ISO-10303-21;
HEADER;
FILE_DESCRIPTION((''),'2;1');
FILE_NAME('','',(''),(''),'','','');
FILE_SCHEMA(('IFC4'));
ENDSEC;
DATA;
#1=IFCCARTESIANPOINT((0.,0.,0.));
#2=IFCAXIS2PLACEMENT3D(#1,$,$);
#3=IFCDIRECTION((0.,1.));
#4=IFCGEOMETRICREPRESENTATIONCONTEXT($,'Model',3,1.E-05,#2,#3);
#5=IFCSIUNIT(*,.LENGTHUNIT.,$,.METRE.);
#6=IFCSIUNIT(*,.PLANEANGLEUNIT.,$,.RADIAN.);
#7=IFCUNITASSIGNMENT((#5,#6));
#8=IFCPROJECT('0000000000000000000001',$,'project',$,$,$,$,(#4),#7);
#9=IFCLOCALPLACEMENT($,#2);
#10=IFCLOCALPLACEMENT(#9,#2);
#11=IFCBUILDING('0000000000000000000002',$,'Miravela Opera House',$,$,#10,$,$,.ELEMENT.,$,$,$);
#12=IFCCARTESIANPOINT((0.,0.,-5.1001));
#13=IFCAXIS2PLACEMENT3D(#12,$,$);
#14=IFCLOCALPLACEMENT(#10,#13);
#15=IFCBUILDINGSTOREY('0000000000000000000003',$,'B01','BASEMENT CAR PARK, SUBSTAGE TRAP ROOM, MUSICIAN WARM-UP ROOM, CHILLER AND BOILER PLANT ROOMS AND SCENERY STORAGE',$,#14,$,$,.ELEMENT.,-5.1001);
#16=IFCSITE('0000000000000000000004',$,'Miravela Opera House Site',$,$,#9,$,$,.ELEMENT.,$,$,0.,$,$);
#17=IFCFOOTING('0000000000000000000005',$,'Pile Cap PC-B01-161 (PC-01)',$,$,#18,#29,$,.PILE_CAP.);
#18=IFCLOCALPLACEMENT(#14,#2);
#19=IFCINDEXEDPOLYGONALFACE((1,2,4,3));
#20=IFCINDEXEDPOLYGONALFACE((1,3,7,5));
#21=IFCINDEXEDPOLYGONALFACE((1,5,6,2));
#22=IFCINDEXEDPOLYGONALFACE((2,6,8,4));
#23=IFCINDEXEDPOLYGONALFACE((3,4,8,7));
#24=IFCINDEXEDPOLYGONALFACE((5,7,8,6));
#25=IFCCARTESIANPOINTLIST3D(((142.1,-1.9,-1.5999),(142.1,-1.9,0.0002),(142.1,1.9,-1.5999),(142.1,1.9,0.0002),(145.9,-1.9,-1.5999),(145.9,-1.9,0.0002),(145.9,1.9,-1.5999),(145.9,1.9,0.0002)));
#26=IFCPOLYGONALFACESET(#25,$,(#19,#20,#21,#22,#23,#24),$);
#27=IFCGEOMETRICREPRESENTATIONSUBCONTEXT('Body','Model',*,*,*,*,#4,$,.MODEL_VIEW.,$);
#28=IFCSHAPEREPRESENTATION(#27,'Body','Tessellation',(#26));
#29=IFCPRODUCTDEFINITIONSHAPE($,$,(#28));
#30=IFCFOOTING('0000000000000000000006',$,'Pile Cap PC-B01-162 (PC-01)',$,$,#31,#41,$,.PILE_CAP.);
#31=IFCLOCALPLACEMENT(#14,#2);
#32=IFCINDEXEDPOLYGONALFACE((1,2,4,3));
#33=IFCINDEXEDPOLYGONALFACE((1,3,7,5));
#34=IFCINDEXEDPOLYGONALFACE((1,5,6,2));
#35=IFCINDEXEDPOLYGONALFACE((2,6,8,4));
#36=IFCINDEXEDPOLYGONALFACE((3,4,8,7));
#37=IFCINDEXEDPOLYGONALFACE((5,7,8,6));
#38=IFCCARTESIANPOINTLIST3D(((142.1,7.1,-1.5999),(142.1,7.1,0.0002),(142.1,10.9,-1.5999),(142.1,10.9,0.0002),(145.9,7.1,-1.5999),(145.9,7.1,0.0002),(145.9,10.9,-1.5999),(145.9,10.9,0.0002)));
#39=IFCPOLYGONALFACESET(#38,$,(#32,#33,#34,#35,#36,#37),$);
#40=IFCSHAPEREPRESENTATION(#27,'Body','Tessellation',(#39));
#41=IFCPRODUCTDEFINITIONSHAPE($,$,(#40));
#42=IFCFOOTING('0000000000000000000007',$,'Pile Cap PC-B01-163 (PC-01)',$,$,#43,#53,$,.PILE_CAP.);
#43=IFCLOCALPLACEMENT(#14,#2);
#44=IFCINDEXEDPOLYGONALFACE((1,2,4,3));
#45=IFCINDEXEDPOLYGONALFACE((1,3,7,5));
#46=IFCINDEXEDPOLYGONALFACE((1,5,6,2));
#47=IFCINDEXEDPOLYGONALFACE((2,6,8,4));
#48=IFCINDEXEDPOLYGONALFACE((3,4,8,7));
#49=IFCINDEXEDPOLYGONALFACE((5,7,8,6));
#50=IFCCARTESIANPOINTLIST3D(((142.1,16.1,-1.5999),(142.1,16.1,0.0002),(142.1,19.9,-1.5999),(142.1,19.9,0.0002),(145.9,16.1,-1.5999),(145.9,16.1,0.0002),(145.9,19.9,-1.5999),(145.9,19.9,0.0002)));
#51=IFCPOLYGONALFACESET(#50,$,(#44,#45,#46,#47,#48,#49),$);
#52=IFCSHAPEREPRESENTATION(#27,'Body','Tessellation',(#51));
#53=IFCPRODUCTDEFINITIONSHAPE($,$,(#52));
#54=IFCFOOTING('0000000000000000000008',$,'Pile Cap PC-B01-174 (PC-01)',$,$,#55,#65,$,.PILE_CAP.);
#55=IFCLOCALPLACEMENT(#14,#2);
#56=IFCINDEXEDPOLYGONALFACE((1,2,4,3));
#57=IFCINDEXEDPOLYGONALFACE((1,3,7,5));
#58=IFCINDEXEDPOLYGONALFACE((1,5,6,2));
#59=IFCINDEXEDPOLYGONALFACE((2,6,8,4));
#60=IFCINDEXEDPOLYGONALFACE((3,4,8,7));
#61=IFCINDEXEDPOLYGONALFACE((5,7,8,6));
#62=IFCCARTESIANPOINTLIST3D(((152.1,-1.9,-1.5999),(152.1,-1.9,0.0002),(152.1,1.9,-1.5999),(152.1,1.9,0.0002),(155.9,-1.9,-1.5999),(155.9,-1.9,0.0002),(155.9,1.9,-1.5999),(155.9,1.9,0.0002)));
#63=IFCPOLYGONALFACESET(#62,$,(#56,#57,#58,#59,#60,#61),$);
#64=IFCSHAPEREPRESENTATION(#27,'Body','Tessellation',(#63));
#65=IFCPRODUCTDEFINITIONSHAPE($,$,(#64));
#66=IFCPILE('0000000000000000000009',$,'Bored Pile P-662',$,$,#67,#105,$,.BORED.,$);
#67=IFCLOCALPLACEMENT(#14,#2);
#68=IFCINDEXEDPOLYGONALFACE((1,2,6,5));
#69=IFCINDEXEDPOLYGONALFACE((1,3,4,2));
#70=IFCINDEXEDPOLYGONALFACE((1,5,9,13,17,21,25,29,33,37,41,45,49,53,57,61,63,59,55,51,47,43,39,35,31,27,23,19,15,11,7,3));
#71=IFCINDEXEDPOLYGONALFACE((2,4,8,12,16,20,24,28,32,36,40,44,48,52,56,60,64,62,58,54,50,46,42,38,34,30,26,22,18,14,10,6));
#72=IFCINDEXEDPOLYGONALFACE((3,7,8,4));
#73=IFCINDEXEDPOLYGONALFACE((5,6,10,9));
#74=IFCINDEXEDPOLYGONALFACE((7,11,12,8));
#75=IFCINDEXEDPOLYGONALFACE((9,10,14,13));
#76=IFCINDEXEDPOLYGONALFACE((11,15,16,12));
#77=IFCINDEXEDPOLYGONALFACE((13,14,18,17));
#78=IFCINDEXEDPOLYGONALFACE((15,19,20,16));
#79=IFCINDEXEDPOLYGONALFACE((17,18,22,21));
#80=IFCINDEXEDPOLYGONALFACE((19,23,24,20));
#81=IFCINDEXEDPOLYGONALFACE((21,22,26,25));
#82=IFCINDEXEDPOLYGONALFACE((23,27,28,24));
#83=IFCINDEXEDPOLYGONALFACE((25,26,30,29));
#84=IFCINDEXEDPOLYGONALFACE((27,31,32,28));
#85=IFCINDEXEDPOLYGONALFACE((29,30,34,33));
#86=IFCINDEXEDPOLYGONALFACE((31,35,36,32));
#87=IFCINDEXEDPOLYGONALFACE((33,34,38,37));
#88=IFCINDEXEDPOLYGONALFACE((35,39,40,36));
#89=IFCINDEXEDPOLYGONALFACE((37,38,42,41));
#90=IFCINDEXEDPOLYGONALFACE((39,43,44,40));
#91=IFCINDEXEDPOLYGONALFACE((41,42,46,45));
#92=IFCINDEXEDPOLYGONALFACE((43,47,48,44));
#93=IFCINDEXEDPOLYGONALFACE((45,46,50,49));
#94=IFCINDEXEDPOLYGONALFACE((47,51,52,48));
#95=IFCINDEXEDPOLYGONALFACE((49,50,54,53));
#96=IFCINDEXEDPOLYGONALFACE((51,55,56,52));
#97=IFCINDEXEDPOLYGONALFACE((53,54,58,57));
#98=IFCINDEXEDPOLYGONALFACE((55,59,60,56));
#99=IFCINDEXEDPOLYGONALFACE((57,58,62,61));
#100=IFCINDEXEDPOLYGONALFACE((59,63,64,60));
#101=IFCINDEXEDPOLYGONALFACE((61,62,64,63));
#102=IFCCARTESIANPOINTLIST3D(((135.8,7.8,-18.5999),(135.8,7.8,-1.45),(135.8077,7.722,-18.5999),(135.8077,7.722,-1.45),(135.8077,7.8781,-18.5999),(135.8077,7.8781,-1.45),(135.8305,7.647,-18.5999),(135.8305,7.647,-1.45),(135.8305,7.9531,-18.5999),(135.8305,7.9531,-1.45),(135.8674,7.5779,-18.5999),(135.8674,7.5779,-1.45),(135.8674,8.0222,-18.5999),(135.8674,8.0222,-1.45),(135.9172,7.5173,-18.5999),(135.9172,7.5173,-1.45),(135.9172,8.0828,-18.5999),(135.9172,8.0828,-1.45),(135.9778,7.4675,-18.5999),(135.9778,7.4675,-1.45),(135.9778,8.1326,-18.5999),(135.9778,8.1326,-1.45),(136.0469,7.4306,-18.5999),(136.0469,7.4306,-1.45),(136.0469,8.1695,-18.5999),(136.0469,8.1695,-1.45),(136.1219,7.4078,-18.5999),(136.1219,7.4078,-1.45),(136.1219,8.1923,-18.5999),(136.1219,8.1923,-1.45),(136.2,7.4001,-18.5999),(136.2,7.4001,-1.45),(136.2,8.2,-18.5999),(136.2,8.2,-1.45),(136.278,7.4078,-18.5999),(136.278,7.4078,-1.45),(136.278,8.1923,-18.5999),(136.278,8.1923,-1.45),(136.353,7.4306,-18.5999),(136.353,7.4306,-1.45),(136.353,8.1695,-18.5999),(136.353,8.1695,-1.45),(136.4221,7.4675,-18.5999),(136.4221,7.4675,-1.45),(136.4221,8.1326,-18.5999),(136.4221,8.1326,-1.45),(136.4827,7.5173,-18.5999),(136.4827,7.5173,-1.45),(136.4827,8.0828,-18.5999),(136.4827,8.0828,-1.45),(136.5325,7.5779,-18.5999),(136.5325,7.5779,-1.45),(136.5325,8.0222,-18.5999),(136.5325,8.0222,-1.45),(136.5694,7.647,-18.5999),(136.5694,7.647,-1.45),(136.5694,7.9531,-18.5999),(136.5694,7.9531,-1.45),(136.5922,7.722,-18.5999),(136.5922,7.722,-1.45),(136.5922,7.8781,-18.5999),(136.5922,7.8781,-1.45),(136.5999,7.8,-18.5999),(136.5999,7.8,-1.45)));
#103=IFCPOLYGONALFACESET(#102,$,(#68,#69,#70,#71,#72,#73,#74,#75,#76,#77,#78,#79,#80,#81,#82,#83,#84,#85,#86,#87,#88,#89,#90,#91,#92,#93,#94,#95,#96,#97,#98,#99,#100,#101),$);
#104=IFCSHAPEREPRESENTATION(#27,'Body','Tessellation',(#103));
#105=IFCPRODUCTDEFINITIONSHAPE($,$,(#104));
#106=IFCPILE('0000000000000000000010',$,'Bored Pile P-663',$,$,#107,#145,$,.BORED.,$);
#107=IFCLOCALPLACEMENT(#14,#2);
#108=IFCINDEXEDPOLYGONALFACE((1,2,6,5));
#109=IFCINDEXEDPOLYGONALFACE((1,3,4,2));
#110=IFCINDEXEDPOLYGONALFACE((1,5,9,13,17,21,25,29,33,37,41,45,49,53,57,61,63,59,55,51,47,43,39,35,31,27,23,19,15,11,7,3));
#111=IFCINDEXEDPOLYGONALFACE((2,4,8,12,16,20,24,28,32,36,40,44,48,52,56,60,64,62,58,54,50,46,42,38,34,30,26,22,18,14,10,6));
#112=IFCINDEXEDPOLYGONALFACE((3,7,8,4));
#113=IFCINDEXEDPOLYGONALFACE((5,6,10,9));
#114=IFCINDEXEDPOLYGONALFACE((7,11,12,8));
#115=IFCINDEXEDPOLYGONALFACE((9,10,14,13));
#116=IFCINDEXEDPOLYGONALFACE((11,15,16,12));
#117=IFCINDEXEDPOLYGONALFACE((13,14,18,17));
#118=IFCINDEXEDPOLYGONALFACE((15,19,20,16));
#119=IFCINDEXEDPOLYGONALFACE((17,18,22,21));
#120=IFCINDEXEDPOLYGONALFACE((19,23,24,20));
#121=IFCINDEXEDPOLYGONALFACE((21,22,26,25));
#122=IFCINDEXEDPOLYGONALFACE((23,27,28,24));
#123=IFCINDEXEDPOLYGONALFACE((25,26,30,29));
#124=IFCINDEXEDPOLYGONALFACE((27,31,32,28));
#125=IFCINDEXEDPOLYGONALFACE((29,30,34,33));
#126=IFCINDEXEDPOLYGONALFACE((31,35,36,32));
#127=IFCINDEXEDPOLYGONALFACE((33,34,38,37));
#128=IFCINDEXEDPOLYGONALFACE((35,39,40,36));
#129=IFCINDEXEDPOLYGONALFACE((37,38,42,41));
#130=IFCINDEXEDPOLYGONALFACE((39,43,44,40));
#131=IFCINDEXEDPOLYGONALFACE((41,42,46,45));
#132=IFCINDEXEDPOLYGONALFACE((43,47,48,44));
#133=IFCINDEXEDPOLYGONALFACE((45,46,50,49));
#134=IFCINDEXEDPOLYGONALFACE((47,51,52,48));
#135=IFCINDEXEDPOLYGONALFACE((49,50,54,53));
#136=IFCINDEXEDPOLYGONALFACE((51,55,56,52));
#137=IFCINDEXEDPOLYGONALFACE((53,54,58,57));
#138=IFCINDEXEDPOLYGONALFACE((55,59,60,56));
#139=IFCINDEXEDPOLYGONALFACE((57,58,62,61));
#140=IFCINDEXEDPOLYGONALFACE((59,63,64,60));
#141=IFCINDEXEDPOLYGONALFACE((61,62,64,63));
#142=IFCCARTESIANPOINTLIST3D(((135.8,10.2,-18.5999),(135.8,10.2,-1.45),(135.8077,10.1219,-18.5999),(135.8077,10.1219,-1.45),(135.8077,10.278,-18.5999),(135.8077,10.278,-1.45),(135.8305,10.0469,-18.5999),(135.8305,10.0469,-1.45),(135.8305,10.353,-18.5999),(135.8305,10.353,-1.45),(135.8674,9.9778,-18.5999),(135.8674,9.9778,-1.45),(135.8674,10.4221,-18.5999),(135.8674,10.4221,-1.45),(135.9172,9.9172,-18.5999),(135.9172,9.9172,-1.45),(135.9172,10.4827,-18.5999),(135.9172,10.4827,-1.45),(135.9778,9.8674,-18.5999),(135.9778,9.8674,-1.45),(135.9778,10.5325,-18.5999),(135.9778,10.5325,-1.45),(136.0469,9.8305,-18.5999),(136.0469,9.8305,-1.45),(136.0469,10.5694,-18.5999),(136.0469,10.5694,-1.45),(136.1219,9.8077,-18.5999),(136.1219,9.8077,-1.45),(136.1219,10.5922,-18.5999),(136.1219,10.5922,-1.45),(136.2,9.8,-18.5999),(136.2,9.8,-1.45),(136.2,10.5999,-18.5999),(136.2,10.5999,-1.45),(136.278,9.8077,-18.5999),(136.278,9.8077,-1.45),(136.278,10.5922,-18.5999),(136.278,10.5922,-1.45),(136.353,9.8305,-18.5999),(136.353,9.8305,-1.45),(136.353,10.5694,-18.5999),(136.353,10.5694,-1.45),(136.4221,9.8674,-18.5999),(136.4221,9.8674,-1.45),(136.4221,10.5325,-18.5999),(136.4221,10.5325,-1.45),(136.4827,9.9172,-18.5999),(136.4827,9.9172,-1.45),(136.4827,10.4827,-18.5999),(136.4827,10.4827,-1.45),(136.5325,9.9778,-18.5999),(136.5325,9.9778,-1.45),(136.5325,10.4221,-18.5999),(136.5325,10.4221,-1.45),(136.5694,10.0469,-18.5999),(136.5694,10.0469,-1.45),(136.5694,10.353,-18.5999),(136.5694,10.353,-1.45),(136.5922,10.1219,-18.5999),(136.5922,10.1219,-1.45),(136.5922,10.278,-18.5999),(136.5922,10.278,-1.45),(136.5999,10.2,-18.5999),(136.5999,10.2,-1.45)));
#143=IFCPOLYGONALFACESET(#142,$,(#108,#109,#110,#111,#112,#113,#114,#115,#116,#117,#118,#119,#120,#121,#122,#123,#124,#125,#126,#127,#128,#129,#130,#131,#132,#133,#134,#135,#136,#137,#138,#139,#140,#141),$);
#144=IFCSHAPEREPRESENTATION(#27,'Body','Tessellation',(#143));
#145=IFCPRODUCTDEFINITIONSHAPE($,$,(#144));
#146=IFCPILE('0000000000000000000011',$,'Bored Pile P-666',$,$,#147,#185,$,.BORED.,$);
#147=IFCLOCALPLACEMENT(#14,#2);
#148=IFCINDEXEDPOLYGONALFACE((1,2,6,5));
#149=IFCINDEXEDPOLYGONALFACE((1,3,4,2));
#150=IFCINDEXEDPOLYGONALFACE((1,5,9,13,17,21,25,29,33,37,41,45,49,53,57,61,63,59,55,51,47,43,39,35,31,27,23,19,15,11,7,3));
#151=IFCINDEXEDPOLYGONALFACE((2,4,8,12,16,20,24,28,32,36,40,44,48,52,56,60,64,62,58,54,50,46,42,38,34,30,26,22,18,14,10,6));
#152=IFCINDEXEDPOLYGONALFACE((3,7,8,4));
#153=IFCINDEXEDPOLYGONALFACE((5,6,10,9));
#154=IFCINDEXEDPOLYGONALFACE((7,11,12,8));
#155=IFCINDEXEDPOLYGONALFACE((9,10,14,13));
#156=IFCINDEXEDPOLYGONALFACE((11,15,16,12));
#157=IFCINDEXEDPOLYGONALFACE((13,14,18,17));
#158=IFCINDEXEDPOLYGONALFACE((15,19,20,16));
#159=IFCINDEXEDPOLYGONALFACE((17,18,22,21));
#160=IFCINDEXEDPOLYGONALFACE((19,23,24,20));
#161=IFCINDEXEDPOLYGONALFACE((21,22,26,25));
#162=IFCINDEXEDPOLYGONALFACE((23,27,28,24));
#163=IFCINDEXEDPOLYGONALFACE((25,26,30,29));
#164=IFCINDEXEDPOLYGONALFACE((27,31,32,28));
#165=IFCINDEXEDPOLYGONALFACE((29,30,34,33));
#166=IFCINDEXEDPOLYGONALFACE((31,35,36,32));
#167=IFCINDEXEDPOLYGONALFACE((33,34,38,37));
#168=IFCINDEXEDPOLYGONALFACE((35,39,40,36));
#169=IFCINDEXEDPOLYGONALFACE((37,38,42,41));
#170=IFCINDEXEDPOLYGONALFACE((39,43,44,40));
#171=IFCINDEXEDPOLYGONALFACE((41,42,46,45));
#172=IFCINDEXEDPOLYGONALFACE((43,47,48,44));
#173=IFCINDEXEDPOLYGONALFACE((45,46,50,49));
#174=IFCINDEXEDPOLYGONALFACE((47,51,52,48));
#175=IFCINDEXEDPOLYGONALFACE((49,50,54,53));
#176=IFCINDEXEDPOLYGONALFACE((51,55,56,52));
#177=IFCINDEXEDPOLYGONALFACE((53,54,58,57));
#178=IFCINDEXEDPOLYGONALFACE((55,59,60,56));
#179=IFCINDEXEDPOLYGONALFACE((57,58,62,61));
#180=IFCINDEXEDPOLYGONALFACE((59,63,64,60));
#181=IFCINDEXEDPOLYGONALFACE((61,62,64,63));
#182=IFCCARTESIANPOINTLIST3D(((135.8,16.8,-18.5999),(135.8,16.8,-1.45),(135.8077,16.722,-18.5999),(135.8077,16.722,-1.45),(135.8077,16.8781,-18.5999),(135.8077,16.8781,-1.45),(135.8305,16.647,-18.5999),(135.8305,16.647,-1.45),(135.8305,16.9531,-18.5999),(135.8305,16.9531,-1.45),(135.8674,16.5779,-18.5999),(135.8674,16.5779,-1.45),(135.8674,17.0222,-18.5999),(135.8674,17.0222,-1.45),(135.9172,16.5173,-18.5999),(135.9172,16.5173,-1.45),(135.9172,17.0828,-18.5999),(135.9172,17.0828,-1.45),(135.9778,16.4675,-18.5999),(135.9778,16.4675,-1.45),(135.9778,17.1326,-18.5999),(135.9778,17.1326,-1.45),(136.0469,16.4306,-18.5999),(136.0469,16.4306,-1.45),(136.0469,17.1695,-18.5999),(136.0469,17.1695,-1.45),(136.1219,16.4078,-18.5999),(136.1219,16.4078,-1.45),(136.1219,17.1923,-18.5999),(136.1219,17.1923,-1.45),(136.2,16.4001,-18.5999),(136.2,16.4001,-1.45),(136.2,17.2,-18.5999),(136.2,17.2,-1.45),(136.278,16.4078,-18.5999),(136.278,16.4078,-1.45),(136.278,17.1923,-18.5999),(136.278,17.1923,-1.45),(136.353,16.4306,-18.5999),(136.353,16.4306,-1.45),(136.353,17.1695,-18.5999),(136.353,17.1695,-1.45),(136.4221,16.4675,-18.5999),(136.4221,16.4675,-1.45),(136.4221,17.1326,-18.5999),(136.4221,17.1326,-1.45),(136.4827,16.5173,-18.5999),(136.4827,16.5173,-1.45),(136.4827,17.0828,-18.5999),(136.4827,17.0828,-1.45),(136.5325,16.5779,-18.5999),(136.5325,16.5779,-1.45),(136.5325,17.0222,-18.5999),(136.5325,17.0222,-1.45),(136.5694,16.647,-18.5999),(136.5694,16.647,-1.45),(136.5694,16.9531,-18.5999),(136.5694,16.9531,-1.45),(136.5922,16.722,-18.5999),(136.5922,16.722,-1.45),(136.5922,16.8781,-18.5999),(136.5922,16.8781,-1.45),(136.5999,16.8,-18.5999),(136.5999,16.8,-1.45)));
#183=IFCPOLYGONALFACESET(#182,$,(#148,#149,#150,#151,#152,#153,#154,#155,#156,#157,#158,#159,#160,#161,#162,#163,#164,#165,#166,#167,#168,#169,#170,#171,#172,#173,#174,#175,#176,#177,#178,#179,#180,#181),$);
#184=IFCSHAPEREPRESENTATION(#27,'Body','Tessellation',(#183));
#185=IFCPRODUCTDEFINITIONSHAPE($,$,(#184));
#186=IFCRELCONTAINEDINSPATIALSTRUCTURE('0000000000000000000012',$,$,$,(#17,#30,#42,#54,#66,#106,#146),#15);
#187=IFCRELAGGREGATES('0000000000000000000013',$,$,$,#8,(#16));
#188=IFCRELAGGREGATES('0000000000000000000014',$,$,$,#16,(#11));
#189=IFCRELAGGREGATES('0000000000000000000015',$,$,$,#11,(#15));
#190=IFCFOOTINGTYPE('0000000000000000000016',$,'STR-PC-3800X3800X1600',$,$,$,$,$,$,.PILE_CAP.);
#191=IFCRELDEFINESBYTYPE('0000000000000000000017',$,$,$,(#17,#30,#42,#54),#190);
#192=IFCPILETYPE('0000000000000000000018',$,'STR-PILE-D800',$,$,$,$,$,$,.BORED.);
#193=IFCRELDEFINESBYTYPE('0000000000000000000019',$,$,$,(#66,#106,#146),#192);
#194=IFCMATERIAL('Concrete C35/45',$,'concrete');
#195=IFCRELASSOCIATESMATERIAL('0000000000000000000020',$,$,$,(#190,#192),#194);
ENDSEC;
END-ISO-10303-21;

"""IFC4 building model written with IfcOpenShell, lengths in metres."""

from ifc_helpers import new_model, si_unit, direction, frame, origin, origin_2d, place, context, subcontext, project, spatial, rectangle, circle, extrude, material, material_profile, profile_set, type_object, element, save


model = new_model("IFC4")

# Units and contexts
model_context = context("Model", 3, precision=1e-05, world=origin(), true_north=direction((0.0, 1.0)))
body_context = subcontext(model_context, "Body", "Model", "MODEL_VIEW")
ifc_project = project(units=[si_unit("LENGTHUNIT", "METRE"), si_unit("PLANEANGLEUNIT", "RADIAN")], contexts=[model_context])

# Site, building, storey
site_placement = place(None, origin())
site = spatial("IfcSite", under=ifc_project, at=site_placement, Name="Miravela Opera House Site", CompositionType="ELEMENT", RefElevation=0.0)
building_placement = place(site_placement, origin())
building = spatial("IfcBuilding", under=site, at=building_placement, Name="Miravela Opera House", CompositionType="ELEMENT")
storey_placement = place(building_placement, frame((0.0, 0.0, -5.1001)))
storey = spatial("IfcBuildingStorey", under=building, at=storey_placement, Name="B01", Description="BASEMENT CAR PARK, SUBSTAGE TRAP ROOM, MUSICIAN WARM-UP ROOM, CHILLER AND BOILER PLANT ROOMS AND SCENERY STORAGE", CompositionType="ELEMENT", Elevation=-5.1001)

# Footings
ifc_material_1 = material(Name="Concrete C35/45", Category="concrete")
footing_type = type_object("IfcFootingType", Name="STR-PC-3800X3800X1600", PredefinedType="PILE_CAP", material=ifc_material_1)
for number, where, z_axis, x_axis, name in (
    (1, (144.0, 0.0, -1.5999), (0.0, 0.0, 1.0), (1.0, 0.0, 0.0), "Pile Cap PC-B01-161 (PC-01)"),
    (2, (144.0, 9.0, -1.5999), (0.0, 0.0, 1.0), (1.0, 0.0, 0.0), "Pile Cap PC-B01-162 (PC-01)"),
    (3, (144.0, 18.0, -1.5999), (0.0, 0.0, 1.0), (1.0, 0.0, 0.0), "Pile Cap PC-B01-163 (PC-01)"),
    (4, (154.0, 0.0, -1.5999), (0.0, 0.0, 1.0), (1.0, 0.0, 0.0), "Pile Cap PC-B01-174 (PC-01)"),
):
    element("IfcFooting", number, at=place(storey_placement, frame(where, z_axis=z_axis, x_axis=x_axis)), inside=storey, type_object=footing_type, Name=name, PredefinedType="PILE_CAP", context=body_context, shape_type="SweptSolid", body=[
        extrude(rectangle(XDim=3.8, YDim=3.8, at=origin_2d()), origin(), (0.0, 0.0, 1.0), 1.6001),
    ])

# Piles
ifc_material_profile_1 = material_profile(ifc_material_1, circle(Radius=0.3999, at=origin_2d()), Name="PILE-D800")
ifc_profile_set_1 = profile_set([ifc_material_profile_1])
pile_type = type_object("IfcPileType", Name="STR-PILE-D800", PredefinedType="BORED", material=ifc_profile_set_1)
for number, where, z_axis, x_axis, name in (
    (5, (136.2, 7.8, -1.45), (0.0, 0.0, -1.0), (1.0, 0.0, 0.0), "Bored Pile P-662"),
    (6, (136.2, 10.2, -1.45), (0.0, 0.0, -1.0), (1.0, 0.0, 0.0), "Bored Pile P-663"),
    (7, (136.2, 16.8, -1.45), (0.0, 0.0, -1.0), (1.0, 0.0, 0.0), "Bored Pile P-666"),
):
    element("IfcPile", number, at=place(storey_placement, frame(where, z_axis=z_axis, x_axis=x_axis)), inside=storey, type_object=pile_type, Name=name, PredefinedType="BORED", context=body_context, shape_type="SweptSolid", body=[
        extrude(circle(Radius=0.3999, at=origin_2d()), origin(), (0.0, 0.0, 1.0), 17.1499),
    ])

save(model, "model.ifc")
